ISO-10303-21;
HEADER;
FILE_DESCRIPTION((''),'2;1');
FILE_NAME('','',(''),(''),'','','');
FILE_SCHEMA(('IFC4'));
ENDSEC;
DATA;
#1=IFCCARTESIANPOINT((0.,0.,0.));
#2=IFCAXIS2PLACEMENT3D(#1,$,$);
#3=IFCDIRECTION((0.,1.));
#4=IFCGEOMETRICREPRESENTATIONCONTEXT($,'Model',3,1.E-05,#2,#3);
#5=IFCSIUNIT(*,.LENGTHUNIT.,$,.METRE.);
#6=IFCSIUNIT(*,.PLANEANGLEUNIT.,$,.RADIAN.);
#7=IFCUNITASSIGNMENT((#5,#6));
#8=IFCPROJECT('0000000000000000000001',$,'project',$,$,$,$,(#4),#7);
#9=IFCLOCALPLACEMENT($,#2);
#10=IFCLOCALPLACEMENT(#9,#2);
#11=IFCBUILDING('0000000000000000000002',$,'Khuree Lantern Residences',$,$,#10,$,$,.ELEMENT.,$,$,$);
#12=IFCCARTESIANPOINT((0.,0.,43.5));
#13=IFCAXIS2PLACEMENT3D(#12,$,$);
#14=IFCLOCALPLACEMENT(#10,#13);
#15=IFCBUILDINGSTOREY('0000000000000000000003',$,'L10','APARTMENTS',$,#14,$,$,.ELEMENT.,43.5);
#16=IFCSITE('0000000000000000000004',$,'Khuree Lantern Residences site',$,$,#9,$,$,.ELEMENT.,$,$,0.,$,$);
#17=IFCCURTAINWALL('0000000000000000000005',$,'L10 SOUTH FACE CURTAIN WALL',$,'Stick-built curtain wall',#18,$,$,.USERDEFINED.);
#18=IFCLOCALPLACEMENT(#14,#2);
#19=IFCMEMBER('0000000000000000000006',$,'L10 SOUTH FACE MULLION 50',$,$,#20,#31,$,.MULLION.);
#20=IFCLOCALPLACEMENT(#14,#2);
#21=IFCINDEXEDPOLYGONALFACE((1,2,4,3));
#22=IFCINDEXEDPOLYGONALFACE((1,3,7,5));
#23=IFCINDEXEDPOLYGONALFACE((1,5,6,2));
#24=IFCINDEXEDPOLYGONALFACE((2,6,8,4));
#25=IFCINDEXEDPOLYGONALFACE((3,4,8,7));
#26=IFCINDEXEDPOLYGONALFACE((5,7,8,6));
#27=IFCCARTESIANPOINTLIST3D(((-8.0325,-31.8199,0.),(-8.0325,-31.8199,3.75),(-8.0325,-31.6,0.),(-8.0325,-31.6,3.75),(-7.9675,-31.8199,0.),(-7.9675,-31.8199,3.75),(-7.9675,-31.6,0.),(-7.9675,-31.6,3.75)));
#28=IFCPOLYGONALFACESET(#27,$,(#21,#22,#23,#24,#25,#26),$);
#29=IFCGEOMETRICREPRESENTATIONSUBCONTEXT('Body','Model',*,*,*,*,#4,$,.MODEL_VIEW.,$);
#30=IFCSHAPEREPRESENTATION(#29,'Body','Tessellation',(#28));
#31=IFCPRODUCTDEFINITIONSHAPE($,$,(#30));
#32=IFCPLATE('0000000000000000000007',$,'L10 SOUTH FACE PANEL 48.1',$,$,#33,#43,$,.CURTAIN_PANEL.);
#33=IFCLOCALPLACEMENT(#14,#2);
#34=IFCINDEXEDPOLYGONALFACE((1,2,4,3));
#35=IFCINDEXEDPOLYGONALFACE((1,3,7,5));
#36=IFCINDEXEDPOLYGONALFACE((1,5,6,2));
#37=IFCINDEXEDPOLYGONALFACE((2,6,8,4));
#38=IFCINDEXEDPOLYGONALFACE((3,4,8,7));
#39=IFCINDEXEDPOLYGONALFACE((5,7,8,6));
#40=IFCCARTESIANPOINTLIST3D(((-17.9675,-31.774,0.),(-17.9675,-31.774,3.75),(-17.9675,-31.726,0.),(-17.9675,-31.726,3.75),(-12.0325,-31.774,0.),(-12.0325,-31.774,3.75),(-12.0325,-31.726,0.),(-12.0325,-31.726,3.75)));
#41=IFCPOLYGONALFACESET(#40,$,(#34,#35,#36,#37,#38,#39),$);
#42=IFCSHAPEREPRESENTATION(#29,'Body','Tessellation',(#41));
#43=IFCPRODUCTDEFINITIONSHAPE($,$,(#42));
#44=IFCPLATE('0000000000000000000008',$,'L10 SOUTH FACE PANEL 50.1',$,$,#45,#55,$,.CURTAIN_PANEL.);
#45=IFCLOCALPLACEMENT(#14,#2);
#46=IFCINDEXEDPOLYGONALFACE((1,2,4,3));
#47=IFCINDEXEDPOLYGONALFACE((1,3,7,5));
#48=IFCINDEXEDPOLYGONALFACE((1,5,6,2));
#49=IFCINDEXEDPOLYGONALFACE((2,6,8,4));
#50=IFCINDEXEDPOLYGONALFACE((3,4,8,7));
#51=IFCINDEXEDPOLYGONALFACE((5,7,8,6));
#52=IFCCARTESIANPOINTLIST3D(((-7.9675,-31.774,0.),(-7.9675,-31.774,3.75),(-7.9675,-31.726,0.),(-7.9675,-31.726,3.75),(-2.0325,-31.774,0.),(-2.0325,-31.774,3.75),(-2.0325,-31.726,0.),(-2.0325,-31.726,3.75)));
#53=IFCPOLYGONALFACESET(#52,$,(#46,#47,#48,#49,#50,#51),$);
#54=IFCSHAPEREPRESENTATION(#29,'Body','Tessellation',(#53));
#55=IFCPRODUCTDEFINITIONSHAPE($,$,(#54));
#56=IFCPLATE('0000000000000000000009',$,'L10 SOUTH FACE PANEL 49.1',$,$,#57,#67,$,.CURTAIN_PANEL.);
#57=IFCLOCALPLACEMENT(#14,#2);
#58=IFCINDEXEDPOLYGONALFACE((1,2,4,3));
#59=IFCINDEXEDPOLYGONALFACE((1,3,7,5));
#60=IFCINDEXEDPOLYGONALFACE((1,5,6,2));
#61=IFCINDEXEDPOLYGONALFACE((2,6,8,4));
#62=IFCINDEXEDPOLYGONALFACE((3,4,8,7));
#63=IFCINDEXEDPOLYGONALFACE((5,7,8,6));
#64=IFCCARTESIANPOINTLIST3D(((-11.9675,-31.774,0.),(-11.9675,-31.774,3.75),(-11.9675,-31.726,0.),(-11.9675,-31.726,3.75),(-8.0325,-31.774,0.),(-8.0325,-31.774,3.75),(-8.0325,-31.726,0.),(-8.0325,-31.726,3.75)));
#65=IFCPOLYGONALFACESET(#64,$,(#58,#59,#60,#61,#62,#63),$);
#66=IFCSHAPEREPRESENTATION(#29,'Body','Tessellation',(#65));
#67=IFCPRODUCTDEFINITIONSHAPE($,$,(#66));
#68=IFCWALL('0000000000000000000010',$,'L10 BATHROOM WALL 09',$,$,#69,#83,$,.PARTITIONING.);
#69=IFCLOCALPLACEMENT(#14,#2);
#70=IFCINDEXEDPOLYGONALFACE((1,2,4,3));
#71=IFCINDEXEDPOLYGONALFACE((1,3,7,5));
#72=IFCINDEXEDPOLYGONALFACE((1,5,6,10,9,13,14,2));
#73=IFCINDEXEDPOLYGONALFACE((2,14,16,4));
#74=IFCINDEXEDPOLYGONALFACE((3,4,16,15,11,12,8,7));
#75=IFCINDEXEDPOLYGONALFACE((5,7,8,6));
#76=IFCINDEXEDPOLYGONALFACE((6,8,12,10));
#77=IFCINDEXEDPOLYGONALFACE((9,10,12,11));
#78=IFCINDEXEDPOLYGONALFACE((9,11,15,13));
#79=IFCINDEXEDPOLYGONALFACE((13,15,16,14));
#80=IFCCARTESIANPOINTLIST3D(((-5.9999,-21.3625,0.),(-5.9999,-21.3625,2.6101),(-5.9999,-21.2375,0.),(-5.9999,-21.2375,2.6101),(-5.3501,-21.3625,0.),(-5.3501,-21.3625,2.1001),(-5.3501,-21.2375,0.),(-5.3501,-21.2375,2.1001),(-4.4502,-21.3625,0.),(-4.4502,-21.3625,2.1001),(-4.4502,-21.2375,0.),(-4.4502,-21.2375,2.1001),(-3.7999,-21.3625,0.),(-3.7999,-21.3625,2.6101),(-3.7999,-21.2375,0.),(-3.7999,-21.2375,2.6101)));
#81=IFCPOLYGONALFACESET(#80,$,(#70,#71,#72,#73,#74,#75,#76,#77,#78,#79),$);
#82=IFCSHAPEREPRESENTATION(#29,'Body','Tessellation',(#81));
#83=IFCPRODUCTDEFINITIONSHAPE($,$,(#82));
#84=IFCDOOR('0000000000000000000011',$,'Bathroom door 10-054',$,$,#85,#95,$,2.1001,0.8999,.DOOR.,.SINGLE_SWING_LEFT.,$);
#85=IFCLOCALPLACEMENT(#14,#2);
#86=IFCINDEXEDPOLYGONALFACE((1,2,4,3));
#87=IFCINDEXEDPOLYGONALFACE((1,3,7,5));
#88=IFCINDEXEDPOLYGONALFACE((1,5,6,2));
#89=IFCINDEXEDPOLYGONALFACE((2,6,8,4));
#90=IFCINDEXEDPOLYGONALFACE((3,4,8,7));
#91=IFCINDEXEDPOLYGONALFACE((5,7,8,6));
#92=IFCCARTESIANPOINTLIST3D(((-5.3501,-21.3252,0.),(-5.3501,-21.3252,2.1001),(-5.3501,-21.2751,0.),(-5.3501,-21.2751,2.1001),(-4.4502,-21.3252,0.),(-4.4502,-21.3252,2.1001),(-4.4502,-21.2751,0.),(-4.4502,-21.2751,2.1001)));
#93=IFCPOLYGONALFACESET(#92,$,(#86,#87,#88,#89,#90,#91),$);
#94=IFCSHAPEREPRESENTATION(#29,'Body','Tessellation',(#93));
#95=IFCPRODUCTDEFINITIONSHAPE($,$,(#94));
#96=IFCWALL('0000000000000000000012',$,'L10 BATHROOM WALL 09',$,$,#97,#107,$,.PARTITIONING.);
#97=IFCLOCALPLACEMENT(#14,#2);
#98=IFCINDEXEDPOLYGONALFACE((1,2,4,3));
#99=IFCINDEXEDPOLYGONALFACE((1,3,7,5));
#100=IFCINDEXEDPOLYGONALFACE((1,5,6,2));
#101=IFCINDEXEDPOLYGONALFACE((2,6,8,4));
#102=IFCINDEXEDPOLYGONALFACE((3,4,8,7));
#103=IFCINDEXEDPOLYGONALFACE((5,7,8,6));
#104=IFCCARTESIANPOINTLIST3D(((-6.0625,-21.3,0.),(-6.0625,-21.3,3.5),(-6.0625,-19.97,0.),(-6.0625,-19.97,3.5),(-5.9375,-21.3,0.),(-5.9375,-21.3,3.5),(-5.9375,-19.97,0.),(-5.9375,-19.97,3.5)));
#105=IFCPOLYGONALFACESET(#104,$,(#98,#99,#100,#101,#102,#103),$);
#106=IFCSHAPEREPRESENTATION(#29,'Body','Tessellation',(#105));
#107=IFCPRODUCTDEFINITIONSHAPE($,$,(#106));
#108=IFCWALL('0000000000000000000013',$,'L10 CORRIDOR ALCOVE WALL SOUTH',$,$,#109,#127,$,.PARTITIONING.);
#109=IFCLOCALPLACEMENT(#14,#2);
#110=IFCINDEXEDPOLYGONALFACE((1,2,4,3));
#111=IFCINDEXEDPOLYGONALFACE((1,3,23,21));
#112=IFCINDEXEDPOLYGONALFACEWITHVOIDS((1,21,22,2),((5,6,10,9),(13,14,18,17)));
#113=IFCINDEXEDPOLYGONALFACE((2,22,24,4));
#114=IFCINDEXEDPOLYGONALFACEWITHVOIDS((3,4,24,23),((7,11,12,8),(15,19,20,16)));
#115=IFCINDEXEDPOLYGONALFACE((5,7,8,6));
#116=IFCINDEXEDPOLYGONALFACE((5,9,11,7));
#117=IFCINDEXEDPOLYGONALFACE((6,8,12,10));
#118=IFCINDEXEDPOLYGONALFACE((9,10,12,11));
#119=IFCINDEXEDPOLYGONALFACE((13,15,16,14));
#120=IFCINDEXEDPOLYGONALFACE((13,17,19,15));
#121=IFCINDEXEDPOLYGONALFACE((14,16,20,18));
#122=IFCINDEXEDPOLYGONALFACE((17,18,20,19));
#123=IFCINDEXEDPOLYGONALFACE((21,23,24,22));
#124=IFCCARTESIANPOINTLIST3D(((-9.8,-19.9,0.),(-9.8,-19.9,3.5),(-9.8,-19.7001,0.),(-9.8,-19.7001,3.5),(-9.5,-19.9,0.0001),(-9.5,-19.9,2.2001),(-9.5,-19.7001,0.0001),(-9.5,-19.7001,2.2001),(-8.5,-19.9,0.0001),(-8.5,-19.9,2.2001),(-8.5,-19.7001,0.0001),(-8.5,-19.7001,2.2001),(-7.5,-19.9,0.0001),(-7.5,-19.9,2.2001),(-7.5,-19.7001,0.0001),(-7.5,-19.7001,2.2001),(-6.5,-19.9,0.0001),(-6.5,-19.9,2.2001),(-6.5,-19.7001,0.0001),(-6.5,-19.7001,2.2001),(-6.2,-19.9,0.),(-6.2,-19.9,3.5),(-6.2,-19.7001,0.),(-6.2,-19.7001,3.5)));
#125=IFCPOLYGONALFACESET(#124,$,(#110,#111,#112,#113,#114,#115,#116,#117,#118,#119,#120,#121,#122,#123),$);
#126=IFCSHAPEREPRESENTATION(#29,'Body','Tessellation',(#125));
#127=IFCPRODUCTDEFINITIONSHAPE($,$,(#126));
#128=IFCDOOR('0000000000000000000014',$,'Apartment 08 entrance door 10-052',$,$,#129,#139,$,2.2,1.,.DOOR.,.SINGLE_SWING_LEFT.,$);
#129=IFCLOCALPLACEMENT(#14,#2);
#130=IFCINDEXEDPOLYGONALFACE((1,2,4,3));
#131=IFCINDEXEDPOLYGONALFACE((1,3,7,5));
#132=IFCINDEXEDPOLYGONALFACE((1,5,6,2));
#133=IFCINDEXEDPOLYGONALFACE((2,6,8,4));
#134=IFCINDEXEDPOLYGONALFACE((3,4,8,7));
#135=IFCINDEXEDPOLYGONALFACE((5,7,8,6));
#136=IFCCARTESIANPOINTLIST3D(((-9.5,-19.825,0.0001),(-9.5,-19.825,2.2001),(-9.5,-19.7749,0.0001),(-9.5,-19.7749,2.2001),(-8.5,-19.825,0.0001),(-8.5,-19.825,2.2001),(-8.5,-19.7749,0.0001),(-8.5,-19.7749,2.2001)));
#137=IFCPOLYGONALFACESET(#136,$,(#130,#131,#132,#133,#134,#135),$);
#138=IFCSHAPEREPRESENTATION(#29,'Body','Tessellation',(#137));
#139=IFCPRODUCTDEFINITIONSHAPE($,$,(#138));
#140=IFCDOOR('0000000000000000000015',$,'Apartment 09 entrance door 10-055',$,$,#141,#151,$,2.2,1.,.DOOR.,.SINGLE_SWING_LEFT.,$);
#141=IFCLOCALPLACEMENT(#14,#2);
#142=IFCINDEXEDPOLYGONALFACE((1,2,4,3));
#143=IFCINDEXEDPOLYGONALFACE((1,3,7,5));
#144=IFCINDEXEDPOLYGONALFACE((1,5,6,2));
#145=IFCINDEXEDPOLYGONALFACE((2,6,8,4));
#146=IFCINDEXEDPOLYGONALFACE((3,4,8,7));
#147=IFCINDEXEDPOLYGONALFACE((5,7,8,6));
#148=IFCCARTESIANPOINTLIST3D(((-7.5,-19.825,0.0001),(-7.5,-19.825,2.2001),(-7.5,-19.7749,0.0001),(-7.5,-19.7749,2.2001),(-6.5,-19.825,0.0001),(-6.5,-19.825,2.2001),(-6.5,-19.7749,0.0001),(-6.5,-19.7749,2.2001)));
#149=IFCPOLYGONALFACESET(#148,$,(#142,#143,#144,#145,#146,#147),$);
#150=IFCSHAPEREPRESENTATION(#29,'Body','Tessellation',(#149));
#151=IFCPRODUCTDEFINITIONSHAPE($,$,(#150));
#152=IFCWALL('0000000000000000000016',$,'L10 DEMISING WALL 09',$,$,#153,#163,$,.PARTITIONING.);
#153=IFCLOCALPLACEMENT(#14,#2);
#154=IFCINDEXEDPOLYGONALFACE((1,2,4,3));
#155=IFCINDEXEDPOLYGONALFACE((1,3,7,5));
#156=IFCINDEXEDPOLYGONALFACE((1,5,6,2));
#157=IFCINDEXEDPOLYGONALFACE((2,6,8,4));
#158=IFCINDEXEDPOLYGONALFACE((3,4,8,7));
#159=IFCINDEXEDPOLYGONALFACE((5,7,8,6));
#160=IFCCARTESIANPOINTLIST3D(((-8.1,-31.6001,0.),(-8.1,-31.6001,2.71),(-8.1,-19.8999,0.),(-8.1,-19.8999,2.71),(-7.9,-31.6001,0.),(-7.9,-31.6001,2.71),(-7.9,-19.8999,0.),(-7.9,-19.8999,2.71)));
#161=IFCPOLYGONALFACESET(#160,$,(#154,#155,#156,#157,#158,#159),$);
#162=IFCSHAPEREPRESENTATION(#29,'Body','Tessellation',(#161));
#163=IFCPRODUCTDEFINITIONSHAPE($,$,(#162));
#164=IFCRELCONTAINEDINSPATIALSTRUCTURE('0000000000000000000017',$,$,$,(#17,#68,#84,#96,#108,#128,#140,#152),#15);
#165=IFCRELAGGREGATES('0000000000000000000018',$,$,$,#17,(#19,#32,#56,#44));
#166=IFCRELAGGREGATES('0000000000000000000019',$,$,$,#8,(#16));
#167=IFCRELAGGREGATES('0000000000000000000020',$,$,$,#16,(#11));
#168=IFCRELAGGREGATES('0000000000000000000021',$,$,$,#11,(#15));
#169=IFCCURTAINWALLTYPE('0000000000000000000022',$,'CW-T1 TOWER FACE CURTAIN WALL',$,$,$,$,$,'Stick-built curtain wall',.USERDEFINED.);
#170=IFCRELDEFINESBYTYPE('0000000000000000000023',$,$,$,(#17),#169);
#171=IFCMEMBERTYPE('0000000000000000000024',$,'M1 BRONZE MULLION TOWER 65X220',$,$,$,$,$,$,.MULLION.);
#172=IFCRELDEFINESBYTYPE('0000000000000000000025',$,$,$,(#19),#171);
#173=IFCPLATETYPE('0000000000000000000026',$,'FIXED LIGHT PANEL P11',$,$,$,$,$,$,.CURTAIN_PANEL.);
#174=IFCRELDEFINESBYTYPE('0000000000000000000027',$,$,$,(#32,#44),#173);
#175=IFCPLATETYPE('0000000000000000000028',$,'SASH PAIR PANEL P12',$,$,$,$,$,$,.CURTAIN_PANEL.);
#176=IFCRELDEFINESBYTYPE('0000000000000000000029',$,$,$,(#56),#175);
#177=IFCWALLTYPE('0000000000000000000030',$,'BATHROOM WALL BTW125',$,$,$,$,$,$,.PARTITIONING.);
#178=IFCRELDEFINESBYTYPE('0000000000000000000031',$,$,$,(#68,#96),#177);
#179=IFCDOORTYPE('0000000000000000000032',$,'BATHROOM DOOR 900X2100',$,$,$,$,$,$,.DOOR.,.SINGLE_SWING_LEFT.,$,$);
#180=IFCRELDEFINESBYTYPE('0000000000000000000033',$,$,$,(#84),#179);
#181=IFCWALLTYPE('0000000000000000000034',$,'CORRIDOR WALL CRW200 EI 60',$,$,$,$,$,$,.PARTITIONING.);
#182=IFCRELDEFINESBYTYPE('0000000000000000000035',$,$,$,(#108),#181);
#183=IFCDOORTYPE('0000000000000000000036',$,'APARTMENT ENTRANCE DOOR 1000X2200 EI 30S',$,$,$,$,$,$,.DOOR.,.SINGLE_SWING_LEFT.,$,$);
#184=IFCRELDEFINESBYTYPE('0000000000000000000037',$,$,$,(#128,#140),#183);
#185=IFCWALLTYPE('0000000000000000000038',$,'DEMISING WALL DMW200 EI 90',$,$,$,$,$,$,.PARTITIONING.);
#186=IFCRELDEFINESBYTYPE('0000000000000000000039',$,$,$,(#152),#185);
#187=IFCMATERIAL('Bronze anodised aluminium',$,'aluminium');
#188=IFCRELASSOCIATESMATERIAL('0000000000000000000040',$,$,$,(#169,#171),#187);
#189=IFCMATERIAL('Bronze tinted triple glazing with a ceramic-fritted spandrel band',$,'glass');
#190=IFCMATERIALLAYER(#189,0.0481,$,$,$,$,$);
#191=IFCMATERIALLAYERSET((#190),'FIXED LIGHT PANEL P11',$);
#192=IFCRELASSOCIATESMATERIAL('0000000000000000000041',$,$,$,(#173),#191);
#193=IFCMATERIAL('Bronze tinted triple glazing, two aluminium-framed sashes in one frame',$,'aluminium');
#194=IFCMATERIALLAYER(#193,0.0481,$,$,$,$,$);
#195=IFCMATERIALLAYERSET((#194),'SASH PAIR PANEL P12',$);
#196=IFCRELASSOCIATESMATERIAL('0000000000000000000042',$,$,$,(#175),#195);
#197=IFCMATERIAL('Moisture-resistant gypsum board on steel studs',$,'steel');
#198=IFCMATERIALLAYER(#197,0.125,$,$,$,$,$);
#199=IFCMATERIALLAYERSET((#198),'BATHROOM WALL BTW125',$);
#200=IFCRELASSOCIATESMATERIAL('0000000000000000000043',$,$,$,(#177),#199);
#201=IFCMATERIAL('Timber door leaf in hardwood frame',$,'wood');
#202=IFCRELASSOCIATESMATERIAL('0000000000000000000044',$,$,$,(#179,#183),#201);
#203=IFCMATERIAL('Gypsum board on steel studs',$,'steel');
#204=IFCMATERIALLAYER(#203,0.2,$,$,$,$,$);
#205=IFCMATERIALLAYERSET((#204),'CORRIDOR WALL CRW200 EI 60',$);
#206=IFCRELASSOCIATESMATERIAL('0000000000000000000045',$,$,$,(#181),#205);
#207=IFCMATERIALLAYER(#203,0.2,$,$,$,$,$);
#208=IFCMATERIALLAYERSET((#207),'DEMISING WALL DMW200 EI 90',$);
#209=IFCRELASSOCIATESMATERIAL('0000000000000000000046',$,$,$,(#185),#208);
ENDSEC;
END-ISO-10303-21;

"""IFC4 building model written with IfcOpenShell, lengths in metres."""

from ifc_helpers import new_model, si_unit, direction, frame, frame_2d, origin, origin_2d, place, context, subcontext, project, spatial, rectangle, extrude, material, layer, layer_set, material_profile, profile_set, type_object, element, fill, aggregate, save


model = new_model("IFC4")

# Units and contexts
model_context = context("Model", 3, precision=1e-05, world=origin(), true_north=direction((0.0, 1.0)))
body_context = subcontext(model_context, "Body", "Model", "MODEL_VIEW")
ifc_project = project(units=[si_unit("LENGTHUNIT", "METRE"), si_unit("PLANEANGLEUNIT", "RADIAN")], contexts=[model_context])

# Site, building, storey
site_placement = place(None, origin())
site = spatial("IfcSite", under=ifc_project, at=site_placement, Name="Khuree Lantern Residences site", CompositionType="ELEMENT", RefElevation=0.0)
building_placement = place(site_placement, origin())
building = spatial("IfcBuilding", under=site, at=building_placement, Name="Khuree Lantern Residences", CompositionType="ELEMENT")
storey_placement = place(building_placement, frame((0.0, 0.0, 43.5)))
storey = spatial("IfcBuildingStorey", under=building, at=storey_placement, Name="L10", Description="APARTMENTS", CompositionType="ELEMENT", Elevation=43.5)

# Curtain wall
ifc_material_1 = material(Name="Bronze anodised aluminium", Category="aluminium")
curtain_wall_type = type_object("IfcCurtainWallType", Name="CW-T1 TOWER FACE CURTAIN WALL", ElementType="Stick-built curtain wall", PredefinedType="USERDEFINED", material=ifc_material_1)
curtain_wall_placement = place(storey_placement, origin())
curtain_wall = element("IfcCurtainWall", 1, at=curtain_wall_placement, inside=storey, type_object=curtain_wall_type, Name="L10 SOUTH FACE CURTAIN WALL", ObjectType="Stick-built curtain wall", PredefinedType="USERDEFINED")

# Member
ifc_material_profile_1 = material_profile(ifc_material_1, rectangle(XDim=0.0649, YDim=0.22, at=origin_2d()), Name="M1 65X220")
ifc_profile_set_1 = profile_set([ifc_material_profile_1], Name="Bronze anodised aluminium")
member_type_1 = type_object("IfcMemberType", Name="M1 BRONZE MULLION TOWER 65X220", PredefinedType="MULLION", material=ifc_profile_set_1)
member_1_placement = place(storey_placement, frame((-8.0, -31.71, 0.0), z_axis=(0.0, 0.0, 1.0), x_axis=(1.0, 0.0, 0.0)))
member_1 = element("IfcMember", 2, at=member_1_placement, type_object=member_type_1, Name="L10 SOUTH FACE MULLION 50", PredefinedType="MULLION", context=body_context, shape_type="SweptSolid", body=[
    extrude(rectangle(XDim=0.0649, YDim=0.22, at=origin_2d()), origin(), (0.0, 0.0, 1.0), 3.75),
])

# Plates
ifc_material_2 = material(Name="Bronze tinted triple glazing with a ceramic-fritted spandrel band", Category="glass")
ifc_layer_1 = layer(ifc_material_2, 0.0481)
ifc_layer_set_1 = layer_set([ifc_layer_1], Name="FIXED LIGHT PANEL P11")
plate_type_1 = type_object("IfcPlateType", Name="FIXED LIGHT PANEL P11", PredefinedType="CURTAIN_PANEL", material=ifc_layer_set_1)
plate_1_placement = place(storey_placement, frame((-15.0, -31.75, 0.0), z_axis=(0.0, 0.0, 1.0), x_axis=(1.0, 0.0, 0.0)))
plate_1 = element("IfcPlate", 3, at=plate_1_placement, type_object=plate_type_1, Name="L10 SOUTH FACE PANEL 48.1", PredefinedType="CURTAIN_PANEL", context=body_context, shape_type="SweptSolid", body=[
    extrude(rectangle(XDim=5.9351, YDim=0.0481, at=origin_2d()), origin(), (0.0, 0.0, 1.0), 3.75),
])
plate_2_placement = place(storey_placement, frame((-5.0, -31.75, 0.0), z_axis=(0.0, 0.0, 1.0), x_axis=(1.0, 0.0, 0.0)))
plate_2 = element("IfcPlate", 4, at=plate_2_placement, type_object=plate_type_1, Name="L10 SOUTH FACE PANEL 50.1", PredefinedType="CURTAIN_PANEL", context=body_context, shape_type="SweptSolid", body=[
    extrude(rectangle(XDim=5.9351, YDim=0.0481, at=origin_2d()), origin(), (0.0, 0.0, 1.0), 3.75),
])
ifc_material_3 = material(Name="Bronze tinted triple glazing, two aluminium-framed sashes in one frame", Category="aluminium")
ifc_layer_2 = layer(ifc_material_3, 0.0481)
ifc_layer_set_2 = layer_set([ifc_layer_2], Name="SASH PAIR PANEL P12")
plate_type_2 = type_object("IfcPlateType", Name="SASH PAIR PANEL P12", PredefinedType="CURTAIN_PANEL", material=ifc_layer_set_2)
plate_3_placement = place(storey_placement, frame((-10.0, -31.75, 0.0), z_axis=(0.0, 0.0, 1.0), x_axis=(1.0, 0.0, 0.0)))
plate_3 = element("IfcPlate", 5, at=plate_3_placement, type_object=plate_type_2, Name="L10 SOUTH FACE PANEL 49.1", PredefinedType="CURTAIN_PANEL", context=body_context, shape_type="SweptSolid", body=[
    extrude(rectangle(XDim=3.9351, YDim=0.0481, at=origin_2d()), origin(), (0.0, 0.0, 1.0), 3.75),
])
aggregate(curtain_wall, [member_1, plate_1, plate_3, plate_2])

# Wall, opening, door
ifc_material_4 = material(Name="Moisture-resistant gypsum board on steel studs", Category="steel")
ifc_layer_3 = layer(ifc_material_4, 0.125)
ifc_layer_set_3 = layer_set([ifc_layer_3], Name="BATHROOM WALL BTW125")
wall_type_1 = type_object("IfcWallType", Name="BATHROOM WALL BTW125", PredefinedType="PARTITIONING", material=ifc_layer_set_3)
wall_1_placement = place(storey_placement, frame((-6.0, -21.3, 0.0), z_axis=(0.0, 0.0, 1.0), x_axis=(1.0, 0.0, 0.0)))
wall_1 = element("IfcWall", 6, at=wall_1_placement, inside=storey, type_object=wall_type_1, Name="L10 BATHROOM WALL 09", PredefinedType="PARTITIONING", context=body_context, shape_type="SweptSolid", body=[
    extrude(rectangle(XDim=2.2, YDim=0.125, at=frame_2d((1.1001, 0.0))), origin(), (0.0, 0.0, 1.0), 2.6101),
])
opening_1_placement = place(wall_1_placement, frame((0.6499, 0.0, 0.0)))
opening_1 = element("IfcOpeningElement", 7, at=opening_1_placement, cuts=wall_1, PredefinedType="OPENING", context=body_context, shape_type="SweptSolid", body=[
    extrude(rectangle(XDim=0.8999, YDim=2.1001, at=frame_2d((0.45, 1.05))), frame((0.0, 0.0725, 0.0), z_axis=(0.0, -1.0, 0.0), x_axis=(1.0, 0.0, 0.0)), (0.0, 0.0, 1.0), 0.145),
])
ifc_material_5 = material(Name="Timber door leaf in hardwood frame", Category="wood")
door_type_1 = type_object("IfcDoorType", Name="BATHROOM DOOR 900X2100", OperationType="SINGLE_SWING_LEFT", PredefinedType="DOOR", material=ifc_material_5)
door_1_placement = place(opening_1_placement, origin())
door_1 = element("IfcDoor", 8, at=door_1_placement, inside=storey, type_object=door_type_1, Name="Bathroom door 10-054", OperationType="SINGLE_SWING_LEFT", OverallHeight=2.1001, OverallWidth=0.8999, PredefinedType="DOOR", context=body_context, shape_type="SweptSolid", body=[
    extrude(rectangle(XDim=0.8999, YDim=2.1001, at=frame_2d((0.45, 1.05))), frame((0.0, 0.0249, 0.0), z_axis=(0.0, -1.0, 0.0), x_axis=(1.0, 0.0, 0.0)), (0.0, 0.0, 1.0), 0.05),
])
fill(opening_1, door_1)

# Wall
wall_2_placement = place(storey_placement, frame((-6.0, -19.97, 0.0), z_axis=(0.0, 0.0, 1.0), x_axis=(0.0, -1.0, 0.0)))
element("IfcWall", 9, at=wall_2_placement, inside=storey, type_object=wall_type_1, Name="L10 BATHROOM WALL 09", PredefinedType="PARTITIONING", context=body_context, shape_type="SweptSolid", body=[
    extrude(rectangle(XDim=1.3301, YDim=0.125, at=frame_2d((0.665, 0.0))), origin(), (0.0, 0.0, 1.0), 3.5),
])

# Wall, openings, doors
ifc_material_6 = material(Name="Gypsum board on steel studs", Category="steel")
ifc_layer_4 = layer(ifc_material_6, 0.2)
ifc_layer_set_4 = layer_set([ifc_layer_4], Name="CORRIDOR WALL CRW200 EI 60")
wall_type_2 = type_object("IfcWallType", Name="CORRIDOR WALL CRW200 EI 60", PredefinedType="PARTITIONING", material=ifc_layer_set_4)
wall_3_placement = place(storey_placement, frame((-6.2, -19.8, 0.0), z_axis=(0.0, 0.0, 1.0), x_axis=(-1.0, 0.0, 0.0)))
wall_3 = element("IfcWall", 10, at=wall_3_placement, inside=storey, type_object=wall_type_2, Name="L10 CORRIDOR ALCOVE WALL SOUTH", PredefinedType="PARTITIONING", context=body_context, shape_type="SweptSolid", body=[
    extrude(rectangle(XDim=3.6001, YDim=0.2, at=frame_2d((1.8, 0.0))), origin(), (0.0, 0.0, 1.0), 3.5),
])
opening_2_placement = place(wall_3_placement, frame((2.3, 0.0, 0.0)))
opening_2 = element("IfcOpeningElement", 11, at=opening_2_placement, cuts=wall_3, PredefinedType="OPENING", context=body_context, shape_type="SweptSolid", body=[
    extrude(rectangle(XDim=1.0, YDim=2.2, at=frame_2d((0.5, 1.1001))), frame((0.0, 0.1099, 0.0), z_axis=(0.0, -1.0, 0.0), x_axis=(1.0, 0.0, 0.0)), (0.0, 0.0, 1.0), 0.22),
])
opening_3_placement = place(wall_3_placement, frame((0.3, 0.0, 0.0)))
opening_3 = element("IfcOpeningElement", 12, at=opening_3_placement, cuts=wall_3, PredefinedType="OPENING", context=body_context, shape_type="SweptSolid", body=[
    extrude(rectangle(XDim=1.0, YDim=2.2, at=frame_2d((0.5, 1.1001))), frame((0.0, 0.1099, 0.0), z_axis=(0.0, -1.0, 0.0), x_axis=(1.0, 0.0, 0.0)), (0.0, 0.0, 1.0), 0.22),
])
door_type_2 = type_object("IfcDoorType", Name="APARTMENT ENTRANCE DOOR 1000X2200 EI 30S", OperationType="SINGLE_SWING_LEFT", PredefinedType="DOOR", material=ifc_material_5)
door_2_placement = place(opening_2_placement, origin())
door_2 = element("IfcDoor", 13, at=door_2_placement, inside=storey, type_object=door_type_2, Name="Apartment 08 entrance door 10-052", OperationType="SINGLE_SWING_LEFT", OverallHeight=2.2, OverallWidth=1.0, PredefinedType="DOOR", context=body_context, shape_type="SweptSolid", body=[
    extrude(rectangle(XDim=1.0, YDim=2.2, at=frame_2d((0.5, 1.1001))), frame((0.0, 0.0249, 0.0), z_axis=(0.0, -1.0, 0.0), x_axis=(1.0, 0.0, 0.0)), (0.0, 0.0, 1.0), 0.05),
])
fill(opening_2, door_2)
door_3_placement = place(opening_3_placement, origin())
door_3 = element("IfcDoor", 14, at=door_3_placement, inside=storey, type_object=door_type_2, Name="Apartment 09 entrance door 10-055", OperationType="SINGLE_SWING_LEFT", OverallHeight=2.2, OverallWidth=1.0, PredefinedType="DOOR", context=body_context, shape_type="SweptSolid", body=[
    extrude(rectangle(XDim=1.0, YDim=2.2, at=frame_2d((0.5, 1.1001))), frame((0.0, 0.0249, 0.0), z_axis=(0.0, -1.0, 0.0), x_axis=(1.0, 0.0, 0.0)), (0.0, 0.0, 1.0), 0.05),
])
fill(opening_3, door_3)

# Wall
ifc_layer_5 = layer(ifc_material_6, 0.2)
ifc_layer_set_5 = layer_set([ifc_layer_5], Name="DEMISING WALL DMW200 EI 90")
wall_type_3 = type_object("IfcWallType", Name="DEMISING WALL DMW200 EI 90", PredefinedType="PARTITIONING", material=ifc_layer_set_5)
wall_4_placement = place(storey_placement, frame((-8.0, -19.8999, 0.0), z_axis=(0.0, 0.0, 1.0), x_axis=(0.0, -1.0, 0.0)))
element("IfcWall", 15, at=wall_4_placement, inside=storey, type_object=wall_type_3, Name="L10 DEMISING WALL 09", PredefinedType="PARTITIONING", context=body_context, shape_type="SweptSolid", body=[
    extrude(rectangle(XDim=11.7002, YDim=0.2, at=frame_2d((5.8501, 0.0))), origin(), (0.0, 0.0, 1.0), 2.71),
])

save(model, "model.ifc")
